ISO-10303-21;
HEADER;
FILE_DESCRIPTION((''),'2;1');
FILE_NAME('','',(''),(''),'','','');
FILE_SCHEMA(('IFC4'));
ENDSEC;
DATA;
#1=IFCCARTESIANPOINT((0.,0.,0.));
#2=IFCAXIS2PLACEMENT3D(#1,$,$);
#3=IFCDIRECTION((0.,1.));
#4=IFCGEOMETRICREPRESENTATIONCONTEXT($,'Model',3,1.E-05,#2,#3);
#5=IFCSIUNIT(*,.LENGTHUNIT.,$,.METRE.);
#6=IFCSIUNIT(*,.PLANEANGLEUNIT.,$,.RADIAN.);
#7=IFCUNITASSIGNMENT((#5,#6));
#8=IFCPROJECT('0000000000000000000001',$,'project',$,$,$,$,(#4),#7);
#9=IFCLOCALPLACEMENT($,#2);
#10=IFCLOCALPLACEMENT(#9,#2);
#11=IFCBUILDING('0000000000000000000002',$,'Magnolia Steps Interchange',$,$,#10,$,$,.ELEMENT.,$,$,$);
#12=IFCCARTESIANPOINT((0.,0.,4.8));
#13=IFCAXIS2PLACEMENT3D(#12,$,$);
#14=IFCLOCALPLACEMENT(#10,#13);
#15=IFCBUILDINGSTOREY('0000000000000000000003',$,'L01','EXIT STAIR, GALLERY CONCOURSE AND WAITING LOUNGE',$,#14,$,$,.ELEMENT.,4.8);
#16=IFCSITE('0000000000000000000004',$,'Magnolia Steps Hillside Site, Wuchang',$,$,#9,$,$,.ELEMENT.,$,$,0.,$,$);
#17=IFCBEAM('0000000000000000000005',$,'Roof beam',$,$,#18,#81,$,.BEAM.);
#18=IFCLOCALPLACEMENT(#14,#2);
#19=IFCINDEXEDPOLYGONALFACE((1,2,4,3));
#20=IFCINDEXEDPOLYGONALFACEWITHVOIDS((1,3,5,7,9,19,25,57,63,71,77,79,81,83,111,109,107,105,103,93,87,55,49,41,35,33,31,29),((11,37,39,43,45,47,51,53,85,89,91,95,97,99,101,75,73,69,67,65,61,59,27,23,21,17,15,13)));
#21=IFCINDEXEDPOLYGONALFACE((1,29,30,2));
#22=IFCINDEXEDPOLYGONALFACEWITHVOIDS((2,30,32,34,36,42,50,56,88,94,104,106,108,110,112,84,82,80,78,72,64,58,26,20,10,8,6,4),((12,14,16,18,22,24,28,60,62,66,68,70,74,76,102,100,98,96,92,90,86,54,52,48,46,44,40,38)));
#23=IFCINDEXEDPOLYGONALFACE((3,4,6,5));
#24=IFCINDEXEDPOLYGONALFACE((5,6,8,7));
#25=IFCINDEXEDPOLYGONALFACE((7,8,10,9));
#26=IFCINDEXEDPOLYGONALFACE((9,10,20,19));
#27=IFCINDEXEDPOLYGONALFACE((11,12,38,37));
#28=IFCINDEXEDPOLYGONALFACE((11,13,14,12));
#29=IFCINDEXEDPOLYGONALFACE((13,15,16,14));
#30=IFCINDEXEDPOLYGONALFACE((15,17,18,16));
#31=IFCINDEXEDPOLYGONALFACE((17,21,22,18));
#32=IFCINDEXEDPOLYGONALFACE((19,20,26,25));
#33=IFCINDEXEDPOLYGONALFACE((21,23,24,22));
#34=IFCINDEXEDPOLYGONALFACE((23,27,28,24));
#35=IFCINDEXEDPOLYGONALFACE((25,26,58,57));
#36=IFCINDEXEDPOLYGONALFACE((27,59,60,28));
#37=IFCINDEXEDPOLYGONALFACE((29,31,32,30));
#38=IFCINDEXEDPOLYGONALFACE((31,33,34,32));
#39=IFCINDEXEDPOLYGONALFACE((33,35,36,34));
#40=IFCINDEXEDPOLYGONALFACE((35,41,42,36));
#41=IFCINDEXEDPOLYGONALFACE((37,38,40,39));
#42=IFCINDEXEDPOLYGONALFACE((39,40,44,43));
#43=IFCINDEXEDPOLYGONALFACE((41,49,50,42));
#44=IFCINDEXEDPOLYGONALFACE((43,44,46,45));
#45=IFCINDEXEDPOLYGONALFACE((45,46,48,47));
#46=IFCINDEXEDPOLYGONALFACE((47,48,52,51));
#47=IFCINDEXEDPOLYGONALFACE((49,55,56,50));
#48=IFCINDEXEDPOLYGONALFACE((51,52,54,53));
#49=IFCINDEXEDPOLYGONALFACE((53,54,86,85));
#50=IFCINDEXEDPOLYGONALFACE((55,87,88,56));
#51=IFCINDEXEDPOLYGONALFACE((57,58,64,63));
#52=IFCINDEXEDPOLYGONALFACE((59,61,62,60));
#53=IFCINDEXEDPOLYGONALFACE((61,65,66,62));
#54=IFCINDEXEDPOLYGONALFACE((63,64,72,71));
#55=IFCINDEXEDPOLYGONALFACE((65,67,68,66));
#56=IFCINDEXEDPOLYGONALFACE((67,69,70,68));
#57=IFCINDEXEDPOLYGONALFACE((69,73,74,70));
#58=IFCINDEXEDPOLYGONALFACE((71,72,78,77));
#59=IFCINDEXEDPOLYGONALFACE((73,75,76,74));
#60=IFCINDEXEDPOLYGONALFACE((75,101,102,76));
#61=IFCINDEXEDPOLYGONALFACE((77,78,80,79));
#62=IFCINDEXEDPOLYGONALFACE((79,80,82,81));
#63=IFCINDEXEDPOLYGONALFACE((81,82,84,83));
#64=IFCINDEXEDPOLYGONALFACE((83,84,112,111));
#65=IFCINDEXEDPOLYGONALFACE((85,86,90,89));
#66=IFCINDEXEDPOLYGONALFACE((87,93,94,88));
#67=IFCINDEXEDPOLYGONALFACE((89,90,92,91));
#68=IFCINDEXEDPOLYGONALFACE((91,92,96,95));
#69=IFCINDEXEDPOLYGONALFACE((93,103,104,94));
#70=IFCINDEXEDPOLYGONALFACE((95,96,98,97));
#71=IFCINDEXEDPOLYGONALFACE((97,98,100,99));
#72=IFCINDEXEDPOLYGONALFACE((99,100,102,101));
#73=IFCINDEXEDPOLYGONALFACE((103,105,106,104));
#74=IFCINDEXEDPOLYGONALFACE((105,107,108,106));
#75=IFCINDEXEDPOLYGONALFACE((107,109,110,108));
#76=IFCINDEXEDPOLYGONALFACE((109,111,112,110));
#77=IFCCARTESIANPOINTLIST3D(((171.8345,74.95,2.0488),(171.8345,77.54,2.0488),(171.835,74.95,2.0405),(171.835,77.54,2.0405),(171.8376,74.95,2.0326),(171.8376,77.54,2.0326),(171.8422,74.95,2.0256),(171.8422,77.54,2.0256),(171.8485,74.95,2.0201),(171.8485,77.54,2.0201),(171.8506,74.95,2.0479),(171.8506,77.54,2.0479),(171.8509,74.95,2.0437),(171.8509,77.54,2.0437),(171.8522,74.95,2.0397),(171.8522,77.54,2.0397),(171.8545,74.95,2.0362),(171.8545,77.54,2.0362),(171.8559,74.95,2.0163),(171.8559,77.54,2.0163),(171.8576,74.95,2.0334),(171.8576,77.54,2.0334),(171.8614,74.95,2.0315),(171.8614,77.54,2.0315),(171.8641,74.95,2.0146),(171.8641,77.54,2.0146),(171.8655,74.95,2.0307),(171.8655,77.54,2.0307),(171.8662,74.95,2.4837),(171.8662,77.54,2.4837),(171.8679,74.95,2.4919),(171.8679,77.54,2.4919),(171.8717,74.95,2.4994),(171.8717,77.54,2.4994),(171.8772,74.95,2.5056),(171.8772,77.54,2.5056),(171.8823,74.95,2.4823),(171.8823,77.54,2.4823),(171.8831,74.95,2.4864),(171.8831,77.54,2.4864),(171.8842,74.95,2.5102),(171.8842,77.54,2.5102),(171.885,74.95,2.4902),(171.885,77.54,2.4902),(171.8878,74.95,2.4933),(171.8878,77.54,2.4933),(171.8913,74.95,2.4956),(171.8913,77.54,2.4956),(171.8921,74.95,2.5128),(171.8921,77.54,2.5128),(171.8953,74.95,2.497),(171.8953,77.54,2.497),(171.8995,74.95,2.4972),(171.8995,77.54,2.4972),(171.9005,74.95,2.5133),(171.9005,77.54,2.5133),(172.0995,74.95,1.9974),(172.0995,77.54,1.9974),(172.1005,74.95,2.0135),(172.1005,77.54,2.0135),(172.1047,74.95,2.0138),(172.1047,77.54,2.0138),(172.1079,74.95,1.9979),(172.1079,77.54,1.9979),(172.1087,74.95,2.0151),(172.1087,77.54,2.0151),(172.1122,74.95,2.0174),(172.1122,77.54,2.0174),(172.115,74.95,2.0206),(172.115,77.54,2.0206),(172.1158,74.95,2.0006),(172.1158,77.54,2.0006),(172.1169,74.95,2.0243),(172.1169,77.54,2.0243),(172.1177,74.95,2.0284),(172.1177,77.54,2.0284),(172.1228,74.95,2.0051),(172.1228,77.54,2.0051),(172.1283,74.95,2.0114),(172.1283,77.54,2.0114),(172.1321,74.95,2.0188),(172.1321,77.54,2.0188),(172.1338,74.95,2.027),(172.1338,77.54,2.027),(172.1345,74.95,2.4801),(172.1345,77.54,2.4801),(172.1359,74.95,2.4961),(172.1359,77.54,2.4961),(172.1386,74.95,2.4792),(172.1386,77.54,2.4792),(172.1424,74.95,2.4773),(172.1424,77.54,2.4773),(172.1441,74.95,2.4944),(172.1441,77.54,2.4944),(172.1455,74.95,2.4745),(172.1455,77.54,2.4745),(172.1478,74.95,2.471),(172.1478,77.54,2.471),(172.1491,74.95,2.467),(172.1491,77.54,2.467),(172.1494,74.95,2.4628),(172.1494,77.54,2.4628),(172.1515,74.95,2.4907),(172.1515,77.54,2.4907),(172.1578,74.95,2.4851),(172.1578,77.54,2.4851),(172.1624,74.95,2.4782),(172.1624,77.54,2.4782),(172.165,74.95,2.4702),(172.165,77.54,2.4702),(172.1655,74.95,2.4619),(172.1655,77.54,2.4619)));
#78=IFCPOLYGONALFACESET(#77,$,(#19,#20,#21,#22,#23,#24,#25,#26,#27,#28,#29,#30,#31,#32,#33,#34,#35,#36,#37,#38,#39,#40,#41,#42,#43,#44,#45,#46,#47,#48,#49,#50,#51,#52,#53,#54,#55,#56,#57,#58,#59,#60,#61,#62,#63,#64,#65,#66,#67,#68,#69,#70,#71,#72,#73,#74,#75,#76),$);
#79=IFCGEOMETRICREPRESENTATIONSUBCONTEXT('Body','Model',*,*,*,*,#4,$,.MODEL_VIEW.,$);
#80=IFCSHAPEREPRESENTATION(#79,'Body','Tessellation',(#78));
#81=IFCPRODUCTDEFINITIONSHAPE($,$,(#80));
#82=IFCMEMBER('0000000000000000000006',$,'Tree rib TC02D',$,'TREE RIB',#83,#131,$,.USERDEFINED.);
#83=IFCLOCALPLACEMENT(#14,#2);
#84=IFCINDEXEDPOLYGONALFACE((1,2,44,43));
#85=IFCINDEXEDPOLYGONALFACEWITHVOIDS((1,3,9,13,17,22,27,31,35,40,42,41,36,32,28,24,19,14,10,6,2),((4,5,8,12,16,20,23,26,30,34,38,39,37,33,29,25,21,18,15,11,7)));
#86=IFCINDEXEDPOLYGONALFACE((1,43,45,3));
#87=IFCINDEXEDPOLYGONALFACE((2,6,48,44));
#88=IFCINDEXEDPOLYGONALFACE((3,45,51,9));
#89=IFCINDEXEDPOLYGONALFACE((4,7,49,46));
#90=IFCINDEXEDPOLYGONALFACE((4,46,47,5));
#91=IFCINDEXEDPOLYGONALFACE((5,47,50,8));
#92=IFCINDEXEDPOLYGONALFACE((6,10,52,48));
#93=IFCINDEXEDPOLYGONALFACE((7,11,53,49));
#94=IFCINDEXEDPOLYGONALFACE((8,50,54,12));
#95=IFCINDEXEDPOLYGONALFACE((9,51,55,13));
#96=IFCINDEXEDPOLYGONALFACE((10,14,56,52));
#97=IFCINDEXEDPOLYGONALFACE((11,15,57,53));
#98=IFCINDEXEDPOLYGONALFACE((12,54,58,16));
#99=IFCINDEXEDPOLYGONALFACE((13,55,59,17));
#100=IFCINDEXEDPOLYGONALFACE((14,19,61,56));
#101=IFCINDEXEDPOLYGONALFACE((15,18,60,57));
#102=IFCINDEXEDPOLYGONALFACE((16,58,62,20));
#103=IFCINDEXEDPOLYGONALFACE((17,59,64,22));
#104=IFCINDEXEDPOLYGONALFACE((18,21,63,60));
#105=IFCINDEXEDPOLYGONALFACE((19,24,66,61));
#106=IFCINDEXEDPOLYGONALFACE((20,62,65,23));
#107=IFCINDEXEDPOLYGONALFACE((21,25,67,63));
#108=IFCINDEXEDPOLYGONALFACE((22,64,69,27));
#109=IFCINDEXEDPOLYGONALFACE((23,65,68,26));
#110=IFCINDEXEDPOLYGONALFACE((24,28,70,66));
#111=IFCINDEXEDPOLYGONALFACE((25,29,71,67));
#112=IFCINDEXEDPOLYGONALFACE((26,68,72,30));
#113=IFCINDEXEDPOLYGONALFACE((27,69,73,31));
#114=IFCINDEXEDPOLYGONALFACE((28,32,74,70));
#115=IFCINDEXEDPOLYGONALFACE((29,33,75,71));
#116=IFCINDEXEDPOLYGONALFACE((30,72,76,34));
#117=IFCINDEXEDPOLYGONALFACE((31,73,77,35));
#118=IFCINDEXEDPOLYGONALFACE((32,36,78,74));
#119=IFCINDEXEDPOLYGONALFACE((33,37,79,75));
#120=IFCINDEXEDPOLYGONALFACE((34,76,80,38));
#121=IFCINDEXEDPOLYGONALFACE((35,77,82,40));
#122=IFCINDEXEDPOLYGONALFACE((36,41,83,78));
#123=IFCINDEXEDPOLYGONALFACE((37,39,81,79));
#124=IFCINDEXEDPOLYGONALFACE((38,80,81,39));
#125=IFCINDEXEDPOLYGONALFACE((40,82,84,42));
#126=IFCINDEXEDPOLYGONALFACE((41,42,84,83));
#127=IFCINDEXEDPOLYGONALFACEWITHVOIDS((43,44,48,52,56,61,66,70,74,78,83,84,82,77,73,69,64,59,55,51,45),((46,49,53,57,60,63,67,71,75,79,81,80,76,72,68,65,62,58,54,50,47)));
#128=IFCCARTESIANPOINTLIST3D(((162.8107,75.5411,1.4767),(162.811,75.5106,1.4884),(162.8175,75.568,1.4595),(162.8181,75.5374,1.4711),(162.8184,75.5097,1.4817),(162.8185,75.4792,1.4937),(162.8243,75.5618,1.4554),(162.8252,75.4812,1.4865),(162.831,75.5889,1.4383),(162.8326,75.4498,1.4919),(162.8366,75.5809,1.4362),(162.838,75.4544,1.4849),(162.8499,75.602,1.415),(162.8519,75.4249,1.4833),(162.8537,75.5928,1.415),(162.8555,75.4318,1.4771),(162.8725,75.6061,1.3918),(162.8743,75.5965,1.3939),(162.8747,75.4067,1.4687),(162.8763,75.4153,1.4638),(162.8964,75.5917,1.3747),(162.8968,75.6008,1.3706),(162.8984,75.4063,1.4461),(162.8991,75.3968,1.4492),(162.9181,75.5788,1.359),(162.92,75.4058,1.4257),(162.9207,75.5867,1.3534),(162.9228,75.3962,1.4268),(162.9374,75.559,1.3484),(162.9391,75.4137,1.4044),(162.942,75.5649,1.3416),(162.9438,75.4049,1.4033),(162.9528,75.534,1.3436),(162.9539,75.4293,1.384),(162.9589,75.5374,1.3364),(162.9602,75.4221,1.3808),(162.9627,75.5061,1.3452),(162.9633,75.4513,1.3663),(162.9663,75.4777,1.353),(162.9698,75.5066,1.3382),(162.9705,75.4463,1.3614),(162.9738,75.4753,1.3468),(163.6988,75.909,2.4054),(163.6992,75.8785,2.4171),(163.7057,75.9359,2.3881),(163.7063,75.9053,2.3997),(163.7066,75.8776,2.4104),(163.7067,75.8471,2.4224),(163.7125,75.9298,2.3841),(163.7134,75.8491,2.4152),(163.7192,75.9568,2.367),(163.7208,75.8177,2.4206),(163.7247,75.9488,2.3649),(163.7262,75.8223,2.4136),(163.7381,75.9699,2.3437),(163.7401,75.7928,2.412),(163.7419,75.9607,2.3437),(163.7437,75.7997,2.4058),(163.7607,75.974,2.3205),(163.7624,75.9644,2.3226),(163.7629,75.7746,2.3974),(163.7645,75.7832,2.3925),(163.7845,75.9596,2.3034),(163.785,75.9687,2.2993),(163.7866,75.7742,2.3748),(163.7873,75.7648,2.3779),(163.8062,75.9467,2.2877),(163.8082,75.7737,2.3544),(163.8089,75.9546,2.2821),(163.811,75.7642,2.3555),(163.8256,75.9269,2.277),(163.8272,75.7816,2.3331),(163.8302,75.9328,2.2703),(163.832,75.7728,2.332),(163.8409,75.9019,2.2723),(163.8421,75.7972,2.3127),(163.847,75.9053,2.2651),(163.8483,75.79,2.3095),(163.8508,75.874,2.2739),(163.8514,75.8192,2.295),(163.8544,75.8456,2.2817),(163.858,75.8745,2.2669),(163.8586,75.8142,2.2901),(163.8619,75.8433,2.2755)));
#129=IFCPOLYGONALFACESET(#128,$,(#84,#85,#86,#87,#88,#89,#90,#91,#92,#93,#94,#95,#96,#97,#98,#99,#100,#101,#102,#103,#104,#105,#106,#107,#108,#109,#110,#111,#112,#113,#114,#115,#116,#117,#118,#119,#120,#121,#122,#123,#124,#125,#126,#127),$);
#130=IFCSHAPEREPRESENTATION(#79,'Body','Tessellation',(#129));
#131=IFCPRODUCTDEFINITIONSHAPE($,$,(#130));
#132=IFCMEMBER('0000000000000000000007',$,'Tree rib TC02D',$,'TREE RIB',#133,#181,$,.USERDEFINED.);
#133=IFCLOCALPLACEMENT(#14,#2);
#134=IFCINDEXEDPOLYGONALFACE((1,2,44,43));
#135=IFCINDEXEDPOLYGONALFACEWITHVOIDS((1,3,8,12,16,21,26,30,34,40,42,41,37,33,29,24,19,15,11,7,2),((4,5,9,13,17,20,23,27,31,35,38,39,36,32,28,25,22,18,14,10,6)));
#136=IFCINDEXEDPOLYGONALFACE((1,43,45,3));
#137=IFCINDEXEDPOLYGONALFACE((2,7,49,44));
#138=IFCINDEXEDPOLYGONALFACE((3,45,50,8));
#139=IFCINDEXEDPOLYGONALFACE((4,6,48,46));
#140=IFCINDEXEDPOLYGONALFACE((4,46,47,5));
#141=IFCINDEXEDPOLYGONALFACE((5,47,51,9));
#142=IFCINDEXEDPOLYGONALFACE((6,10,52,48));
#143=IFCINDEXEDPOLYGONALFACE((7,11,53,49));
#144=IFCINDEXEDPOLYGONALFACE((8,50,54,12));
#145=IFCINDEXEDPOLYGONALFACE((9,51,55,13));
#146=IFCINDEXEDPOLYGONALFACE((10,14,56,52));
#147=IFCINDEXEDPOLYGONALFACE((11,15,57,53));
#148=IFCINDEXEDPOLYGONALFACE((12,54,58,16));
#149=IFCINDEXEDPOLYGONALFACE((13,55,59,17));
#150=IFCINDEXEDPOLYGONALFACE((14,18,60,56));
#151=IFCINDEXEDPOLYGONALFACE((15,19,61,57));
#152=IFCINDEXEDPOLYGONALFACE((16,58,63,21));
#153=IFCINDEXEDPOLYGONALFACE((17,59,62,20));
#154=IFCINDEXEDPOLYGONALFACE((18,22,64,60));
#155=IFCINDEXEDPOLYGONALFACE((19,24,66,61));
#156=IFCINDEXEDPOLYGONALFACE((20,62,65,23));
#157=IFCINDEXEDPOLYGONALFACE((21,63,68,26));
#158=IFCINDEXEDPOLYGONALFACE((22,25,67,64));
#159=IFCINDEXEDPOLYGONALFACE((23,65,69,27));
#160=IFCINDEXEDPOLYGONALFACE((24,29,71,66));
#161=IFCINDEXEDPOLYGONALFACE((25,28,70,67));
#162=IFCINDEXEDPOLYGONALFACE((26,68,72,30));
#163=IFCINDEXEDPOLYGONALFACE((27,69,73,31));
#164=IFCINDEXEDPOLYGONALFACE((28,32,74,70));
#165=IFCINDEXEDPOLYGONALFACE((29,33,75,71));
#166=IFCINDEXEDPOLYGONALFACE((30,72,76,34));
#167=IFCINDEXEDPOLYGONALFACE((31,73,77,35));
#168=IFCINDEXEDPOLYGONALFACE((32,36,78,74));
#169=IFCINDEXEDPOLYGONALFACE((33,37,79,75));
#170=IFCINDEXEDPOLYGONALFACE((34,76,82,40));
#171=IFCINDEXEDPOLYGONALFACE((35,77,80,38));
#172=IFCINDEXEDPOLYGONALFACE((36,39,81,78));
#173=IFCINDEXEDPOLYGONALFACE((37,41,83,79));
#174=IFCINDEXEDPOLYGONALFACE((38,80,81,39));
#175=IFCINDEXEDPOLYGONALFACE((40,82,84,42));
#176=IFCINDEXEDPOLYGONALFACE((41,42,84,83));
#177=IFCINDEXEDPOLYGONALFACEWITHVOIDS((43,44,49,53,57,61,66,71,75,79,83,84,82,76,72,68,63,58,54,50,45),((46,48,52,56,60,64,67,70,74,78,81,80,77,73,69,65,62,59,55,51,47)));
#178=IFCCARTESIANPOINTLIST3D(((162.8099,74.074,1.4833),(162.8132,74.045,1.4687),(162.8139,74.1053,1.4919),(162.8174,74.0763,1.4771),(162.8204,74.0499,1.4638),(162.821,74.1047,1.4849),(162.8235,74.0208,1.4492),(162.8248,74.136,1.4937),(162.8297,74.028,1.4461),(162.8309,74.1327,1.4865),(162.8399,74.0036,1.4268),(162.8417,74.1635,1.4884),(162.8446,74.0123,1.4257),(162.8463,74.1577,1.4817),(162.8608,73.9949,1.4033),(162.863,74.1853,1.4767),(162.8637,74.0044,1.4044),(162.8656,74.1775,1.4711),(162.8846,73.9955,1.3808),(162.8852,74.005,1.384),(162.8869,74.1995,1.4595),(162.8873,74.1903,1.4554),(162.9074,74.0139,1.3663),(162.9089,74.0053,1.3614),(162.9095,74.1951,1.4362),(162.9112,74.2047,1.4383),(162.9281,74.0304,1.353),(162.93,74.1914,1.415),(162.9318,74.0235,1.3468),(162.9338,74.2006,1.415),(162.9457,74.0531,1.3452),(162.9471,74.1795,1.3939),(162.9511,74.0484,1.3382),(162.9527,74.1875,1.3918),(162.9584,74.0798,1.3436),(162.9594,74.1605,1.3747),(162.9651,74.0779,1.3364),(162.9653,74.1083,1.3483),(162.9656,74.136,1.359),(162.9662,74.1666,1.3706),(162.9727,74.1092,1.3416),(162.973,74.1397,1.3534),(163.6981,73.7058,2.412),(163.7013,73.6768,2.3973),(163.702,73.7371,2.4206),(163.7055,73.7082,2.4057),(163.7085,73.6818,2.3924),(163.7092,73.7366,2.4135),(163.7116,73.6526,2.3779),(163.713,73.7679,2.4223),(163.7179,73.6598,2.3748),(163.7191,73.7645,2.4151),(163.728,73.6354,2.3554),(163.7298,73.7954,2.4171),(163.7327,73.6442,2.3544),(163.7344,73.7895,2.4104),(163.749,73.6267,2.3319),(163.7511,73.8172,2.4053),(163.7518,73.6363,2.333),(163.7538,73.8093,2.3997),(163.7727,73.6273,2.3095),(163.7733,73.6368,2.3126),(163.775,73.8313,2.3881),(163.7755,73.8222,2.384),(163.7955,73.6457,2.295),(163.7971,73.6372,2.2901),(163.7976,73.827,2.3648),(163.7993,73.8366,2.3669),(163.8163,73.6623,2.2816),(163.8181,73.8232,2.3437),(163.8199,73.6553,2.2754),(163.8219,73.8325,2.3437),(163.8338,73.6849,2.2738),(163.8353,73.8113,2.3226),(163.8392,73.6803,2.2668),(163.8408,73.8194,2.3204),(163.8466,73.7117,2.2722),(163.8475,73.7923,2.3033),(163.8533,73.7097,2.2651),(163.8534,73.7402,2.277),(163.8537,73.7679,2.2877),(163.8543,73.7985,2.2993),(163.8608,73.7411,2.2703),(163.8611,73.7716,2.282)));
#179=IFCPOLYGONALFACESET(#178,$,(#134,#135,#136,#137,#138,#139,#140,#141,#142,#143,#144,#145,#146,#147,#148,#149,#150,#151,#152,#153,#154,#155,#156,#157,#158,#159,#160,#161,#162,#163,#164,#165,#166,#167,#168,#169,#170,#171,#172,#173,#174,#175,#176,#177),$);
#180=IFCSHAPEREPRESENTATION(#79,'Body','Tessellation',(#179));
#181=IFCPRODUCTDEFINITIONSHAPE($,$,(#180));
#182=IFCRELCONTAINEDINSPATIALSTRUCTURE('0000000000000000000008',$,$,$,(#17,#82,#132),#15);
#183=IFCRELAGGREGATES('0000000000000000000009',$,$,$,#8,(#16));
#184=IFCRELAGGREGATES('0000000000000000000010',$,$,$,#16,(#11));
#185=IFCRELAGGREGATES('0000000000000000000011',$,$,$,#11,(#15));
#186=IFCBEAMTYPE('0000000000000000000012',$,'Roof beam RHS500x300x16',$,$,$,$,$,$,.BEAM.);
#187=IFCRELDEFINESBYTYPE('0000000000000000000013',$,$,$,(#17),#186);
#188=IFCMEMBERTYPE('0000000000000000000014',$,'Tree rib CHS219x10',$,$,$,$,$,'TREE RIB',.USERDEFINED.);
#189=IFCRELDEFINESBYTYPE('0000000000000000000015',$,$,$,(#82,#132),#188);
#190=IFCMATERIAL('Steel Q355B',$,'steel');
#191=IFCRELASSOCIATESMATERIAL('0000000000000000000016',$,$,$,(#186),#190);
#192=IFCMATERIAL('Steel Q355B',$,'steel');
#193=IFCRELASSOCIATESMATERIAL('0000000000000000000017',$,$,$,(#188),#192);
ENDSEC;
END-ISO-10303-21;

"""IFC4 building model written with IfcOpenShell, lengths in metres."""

from ifc_helpers import new_model, si_unit, direction, frame, origin, origin_2d, place, context, subcontext, project, spatial, hollow_rectangle, hollow_circle, extrude, material, material_profile, profile_set, type_object, element, save


model = new_model("IFC4")

# Units and contexts
model_context = context("Model", 3, precision=1e-05, world=origin(), true_north=direction((0.0, 1.0)))
body_context = subcontext(model_context, "Body", "Model", "MODEL_VIEW")
ifc_project = project(units=[si_unit("LENGTHUNIT", "METRE"), si_unit("PLANEANGLEUNIT", "RADIAN")], contexts=[model_context])

# Site, building, storey
site_placement = place(None, origin())
site = spatial("IfcSite", under=ifc_project, at=site_placement, Name="Magnolia Steps Hillside Site, Wuchang", CompositionType="ELEMENT", RefElevation=0.0)
building_placement = place(site_placement, origin())
building = spatial("IfcBuilding", under=site, at=building_placement, Name="Magnolia Steps Interchange", CompositionType="ELEMENT")
storey_placement = place(building_placement, frame((0.0, 0.0, 4.8)))
storey = spatial("IfcBuildingStorey", under=building, at=storey_placement, Name="L01", Description="EXIT STAIR, GALLERY CONCOURSE AND WAITING LOUNGE", CompositionType="ELEMENT", Elevation=4.8)

# Beam
ifc_material_1 = material(Name="Steel Q355B", Category="steel")
ifc_material_profile_1 = material_profile(ifc_material_1, hollow_rectangle(XDim=0.3, YDim=0.5, WallThickness=0.0161, InnerFilletRadius=0.0161, OuterFilletRadius=0.032, at=origin_2d()), Name="RHS500x300x16")
ifc_profile_set_1 = profile_set([ifc_material_profile_1], Name="Steel Q355B")
beam_type_1 = type_object("IfcBeamType", Name="Roof beam RHS500x300x16", PredefinedType="BEAM", material=ifc_profile_set_1)
beam_1_placement = place(storey_placement, frame((172.0, 74.95, 2.2554), z_axis=(0.0, 1.0, 0.0), x_axis=(-0.997352, 0.0, 0.072724)))
element("IfcBeam", 1, at=beam_1_placement, inside=storey, type_object=beam_type_1, Name="Roof beam", PredefinedType="BEAM", context=body_context, shape_type="SweptSolid", body=[
    extrude(hollow_rectangle(XDim=0.3, YDim=0.5, WallThickness=0.0161, InnerFilletRadius=0.0161, OuterFilletRadius=0.032, at=origin_2d()), origin(), (0.0, 0.0, 1.0), 2.5901),
])

# Members
ifc_material_2 = material(Name="Steel Q355B", Category="steel")
ifc_material_profile_2 = material_profile(ifc_material_2, hollow_circle(Radius=0.1096, WallThickness=0.01, at=origin_2d()), Name="CHS219x10")
ifc_profile_set_2 = profile_set([ifc_material_profile_2], Name="Steel Q355B")
member_type = type_object("IfcMemberType", Name="Tree rib CHS219x10", ElementType="TREE RIB", PredefinedType="USERDEFINED", material=ifc_profile_set_2)
for number, where, z_axis, x_axis, name in (
    (2, (162.8918, 75.5007, 1.415), (0.664465, 0.275247, 0.694784), (-0.382703, 0.923871, 0.0), "Tree rib TC02D"),
    (3, (162.8918, 74.0994, 1.415), (0.664432, -0.275416, 0.694749), (0.38292, 0.923782, 0.0), "Tree rib TC02D"),
):
    element("IfcMember", number, at=place(storey_placement, frame(where, z_axis=z_axis, x_axis=x_axis)), inside=storey, type_object=member_type, Name=name, ObjectType="TREE RIB", PredefinedType="USERDEFINED", context=body_context, shape_type="SweptSolid", body=[
        extrude(hollow_circle(Radius=0.1096, WallThickness=0.01, at=origin_2d()), origin(), (0.0, 0.0, 1.0), 1.3367),
    ])

save(model, "model.ifc")
